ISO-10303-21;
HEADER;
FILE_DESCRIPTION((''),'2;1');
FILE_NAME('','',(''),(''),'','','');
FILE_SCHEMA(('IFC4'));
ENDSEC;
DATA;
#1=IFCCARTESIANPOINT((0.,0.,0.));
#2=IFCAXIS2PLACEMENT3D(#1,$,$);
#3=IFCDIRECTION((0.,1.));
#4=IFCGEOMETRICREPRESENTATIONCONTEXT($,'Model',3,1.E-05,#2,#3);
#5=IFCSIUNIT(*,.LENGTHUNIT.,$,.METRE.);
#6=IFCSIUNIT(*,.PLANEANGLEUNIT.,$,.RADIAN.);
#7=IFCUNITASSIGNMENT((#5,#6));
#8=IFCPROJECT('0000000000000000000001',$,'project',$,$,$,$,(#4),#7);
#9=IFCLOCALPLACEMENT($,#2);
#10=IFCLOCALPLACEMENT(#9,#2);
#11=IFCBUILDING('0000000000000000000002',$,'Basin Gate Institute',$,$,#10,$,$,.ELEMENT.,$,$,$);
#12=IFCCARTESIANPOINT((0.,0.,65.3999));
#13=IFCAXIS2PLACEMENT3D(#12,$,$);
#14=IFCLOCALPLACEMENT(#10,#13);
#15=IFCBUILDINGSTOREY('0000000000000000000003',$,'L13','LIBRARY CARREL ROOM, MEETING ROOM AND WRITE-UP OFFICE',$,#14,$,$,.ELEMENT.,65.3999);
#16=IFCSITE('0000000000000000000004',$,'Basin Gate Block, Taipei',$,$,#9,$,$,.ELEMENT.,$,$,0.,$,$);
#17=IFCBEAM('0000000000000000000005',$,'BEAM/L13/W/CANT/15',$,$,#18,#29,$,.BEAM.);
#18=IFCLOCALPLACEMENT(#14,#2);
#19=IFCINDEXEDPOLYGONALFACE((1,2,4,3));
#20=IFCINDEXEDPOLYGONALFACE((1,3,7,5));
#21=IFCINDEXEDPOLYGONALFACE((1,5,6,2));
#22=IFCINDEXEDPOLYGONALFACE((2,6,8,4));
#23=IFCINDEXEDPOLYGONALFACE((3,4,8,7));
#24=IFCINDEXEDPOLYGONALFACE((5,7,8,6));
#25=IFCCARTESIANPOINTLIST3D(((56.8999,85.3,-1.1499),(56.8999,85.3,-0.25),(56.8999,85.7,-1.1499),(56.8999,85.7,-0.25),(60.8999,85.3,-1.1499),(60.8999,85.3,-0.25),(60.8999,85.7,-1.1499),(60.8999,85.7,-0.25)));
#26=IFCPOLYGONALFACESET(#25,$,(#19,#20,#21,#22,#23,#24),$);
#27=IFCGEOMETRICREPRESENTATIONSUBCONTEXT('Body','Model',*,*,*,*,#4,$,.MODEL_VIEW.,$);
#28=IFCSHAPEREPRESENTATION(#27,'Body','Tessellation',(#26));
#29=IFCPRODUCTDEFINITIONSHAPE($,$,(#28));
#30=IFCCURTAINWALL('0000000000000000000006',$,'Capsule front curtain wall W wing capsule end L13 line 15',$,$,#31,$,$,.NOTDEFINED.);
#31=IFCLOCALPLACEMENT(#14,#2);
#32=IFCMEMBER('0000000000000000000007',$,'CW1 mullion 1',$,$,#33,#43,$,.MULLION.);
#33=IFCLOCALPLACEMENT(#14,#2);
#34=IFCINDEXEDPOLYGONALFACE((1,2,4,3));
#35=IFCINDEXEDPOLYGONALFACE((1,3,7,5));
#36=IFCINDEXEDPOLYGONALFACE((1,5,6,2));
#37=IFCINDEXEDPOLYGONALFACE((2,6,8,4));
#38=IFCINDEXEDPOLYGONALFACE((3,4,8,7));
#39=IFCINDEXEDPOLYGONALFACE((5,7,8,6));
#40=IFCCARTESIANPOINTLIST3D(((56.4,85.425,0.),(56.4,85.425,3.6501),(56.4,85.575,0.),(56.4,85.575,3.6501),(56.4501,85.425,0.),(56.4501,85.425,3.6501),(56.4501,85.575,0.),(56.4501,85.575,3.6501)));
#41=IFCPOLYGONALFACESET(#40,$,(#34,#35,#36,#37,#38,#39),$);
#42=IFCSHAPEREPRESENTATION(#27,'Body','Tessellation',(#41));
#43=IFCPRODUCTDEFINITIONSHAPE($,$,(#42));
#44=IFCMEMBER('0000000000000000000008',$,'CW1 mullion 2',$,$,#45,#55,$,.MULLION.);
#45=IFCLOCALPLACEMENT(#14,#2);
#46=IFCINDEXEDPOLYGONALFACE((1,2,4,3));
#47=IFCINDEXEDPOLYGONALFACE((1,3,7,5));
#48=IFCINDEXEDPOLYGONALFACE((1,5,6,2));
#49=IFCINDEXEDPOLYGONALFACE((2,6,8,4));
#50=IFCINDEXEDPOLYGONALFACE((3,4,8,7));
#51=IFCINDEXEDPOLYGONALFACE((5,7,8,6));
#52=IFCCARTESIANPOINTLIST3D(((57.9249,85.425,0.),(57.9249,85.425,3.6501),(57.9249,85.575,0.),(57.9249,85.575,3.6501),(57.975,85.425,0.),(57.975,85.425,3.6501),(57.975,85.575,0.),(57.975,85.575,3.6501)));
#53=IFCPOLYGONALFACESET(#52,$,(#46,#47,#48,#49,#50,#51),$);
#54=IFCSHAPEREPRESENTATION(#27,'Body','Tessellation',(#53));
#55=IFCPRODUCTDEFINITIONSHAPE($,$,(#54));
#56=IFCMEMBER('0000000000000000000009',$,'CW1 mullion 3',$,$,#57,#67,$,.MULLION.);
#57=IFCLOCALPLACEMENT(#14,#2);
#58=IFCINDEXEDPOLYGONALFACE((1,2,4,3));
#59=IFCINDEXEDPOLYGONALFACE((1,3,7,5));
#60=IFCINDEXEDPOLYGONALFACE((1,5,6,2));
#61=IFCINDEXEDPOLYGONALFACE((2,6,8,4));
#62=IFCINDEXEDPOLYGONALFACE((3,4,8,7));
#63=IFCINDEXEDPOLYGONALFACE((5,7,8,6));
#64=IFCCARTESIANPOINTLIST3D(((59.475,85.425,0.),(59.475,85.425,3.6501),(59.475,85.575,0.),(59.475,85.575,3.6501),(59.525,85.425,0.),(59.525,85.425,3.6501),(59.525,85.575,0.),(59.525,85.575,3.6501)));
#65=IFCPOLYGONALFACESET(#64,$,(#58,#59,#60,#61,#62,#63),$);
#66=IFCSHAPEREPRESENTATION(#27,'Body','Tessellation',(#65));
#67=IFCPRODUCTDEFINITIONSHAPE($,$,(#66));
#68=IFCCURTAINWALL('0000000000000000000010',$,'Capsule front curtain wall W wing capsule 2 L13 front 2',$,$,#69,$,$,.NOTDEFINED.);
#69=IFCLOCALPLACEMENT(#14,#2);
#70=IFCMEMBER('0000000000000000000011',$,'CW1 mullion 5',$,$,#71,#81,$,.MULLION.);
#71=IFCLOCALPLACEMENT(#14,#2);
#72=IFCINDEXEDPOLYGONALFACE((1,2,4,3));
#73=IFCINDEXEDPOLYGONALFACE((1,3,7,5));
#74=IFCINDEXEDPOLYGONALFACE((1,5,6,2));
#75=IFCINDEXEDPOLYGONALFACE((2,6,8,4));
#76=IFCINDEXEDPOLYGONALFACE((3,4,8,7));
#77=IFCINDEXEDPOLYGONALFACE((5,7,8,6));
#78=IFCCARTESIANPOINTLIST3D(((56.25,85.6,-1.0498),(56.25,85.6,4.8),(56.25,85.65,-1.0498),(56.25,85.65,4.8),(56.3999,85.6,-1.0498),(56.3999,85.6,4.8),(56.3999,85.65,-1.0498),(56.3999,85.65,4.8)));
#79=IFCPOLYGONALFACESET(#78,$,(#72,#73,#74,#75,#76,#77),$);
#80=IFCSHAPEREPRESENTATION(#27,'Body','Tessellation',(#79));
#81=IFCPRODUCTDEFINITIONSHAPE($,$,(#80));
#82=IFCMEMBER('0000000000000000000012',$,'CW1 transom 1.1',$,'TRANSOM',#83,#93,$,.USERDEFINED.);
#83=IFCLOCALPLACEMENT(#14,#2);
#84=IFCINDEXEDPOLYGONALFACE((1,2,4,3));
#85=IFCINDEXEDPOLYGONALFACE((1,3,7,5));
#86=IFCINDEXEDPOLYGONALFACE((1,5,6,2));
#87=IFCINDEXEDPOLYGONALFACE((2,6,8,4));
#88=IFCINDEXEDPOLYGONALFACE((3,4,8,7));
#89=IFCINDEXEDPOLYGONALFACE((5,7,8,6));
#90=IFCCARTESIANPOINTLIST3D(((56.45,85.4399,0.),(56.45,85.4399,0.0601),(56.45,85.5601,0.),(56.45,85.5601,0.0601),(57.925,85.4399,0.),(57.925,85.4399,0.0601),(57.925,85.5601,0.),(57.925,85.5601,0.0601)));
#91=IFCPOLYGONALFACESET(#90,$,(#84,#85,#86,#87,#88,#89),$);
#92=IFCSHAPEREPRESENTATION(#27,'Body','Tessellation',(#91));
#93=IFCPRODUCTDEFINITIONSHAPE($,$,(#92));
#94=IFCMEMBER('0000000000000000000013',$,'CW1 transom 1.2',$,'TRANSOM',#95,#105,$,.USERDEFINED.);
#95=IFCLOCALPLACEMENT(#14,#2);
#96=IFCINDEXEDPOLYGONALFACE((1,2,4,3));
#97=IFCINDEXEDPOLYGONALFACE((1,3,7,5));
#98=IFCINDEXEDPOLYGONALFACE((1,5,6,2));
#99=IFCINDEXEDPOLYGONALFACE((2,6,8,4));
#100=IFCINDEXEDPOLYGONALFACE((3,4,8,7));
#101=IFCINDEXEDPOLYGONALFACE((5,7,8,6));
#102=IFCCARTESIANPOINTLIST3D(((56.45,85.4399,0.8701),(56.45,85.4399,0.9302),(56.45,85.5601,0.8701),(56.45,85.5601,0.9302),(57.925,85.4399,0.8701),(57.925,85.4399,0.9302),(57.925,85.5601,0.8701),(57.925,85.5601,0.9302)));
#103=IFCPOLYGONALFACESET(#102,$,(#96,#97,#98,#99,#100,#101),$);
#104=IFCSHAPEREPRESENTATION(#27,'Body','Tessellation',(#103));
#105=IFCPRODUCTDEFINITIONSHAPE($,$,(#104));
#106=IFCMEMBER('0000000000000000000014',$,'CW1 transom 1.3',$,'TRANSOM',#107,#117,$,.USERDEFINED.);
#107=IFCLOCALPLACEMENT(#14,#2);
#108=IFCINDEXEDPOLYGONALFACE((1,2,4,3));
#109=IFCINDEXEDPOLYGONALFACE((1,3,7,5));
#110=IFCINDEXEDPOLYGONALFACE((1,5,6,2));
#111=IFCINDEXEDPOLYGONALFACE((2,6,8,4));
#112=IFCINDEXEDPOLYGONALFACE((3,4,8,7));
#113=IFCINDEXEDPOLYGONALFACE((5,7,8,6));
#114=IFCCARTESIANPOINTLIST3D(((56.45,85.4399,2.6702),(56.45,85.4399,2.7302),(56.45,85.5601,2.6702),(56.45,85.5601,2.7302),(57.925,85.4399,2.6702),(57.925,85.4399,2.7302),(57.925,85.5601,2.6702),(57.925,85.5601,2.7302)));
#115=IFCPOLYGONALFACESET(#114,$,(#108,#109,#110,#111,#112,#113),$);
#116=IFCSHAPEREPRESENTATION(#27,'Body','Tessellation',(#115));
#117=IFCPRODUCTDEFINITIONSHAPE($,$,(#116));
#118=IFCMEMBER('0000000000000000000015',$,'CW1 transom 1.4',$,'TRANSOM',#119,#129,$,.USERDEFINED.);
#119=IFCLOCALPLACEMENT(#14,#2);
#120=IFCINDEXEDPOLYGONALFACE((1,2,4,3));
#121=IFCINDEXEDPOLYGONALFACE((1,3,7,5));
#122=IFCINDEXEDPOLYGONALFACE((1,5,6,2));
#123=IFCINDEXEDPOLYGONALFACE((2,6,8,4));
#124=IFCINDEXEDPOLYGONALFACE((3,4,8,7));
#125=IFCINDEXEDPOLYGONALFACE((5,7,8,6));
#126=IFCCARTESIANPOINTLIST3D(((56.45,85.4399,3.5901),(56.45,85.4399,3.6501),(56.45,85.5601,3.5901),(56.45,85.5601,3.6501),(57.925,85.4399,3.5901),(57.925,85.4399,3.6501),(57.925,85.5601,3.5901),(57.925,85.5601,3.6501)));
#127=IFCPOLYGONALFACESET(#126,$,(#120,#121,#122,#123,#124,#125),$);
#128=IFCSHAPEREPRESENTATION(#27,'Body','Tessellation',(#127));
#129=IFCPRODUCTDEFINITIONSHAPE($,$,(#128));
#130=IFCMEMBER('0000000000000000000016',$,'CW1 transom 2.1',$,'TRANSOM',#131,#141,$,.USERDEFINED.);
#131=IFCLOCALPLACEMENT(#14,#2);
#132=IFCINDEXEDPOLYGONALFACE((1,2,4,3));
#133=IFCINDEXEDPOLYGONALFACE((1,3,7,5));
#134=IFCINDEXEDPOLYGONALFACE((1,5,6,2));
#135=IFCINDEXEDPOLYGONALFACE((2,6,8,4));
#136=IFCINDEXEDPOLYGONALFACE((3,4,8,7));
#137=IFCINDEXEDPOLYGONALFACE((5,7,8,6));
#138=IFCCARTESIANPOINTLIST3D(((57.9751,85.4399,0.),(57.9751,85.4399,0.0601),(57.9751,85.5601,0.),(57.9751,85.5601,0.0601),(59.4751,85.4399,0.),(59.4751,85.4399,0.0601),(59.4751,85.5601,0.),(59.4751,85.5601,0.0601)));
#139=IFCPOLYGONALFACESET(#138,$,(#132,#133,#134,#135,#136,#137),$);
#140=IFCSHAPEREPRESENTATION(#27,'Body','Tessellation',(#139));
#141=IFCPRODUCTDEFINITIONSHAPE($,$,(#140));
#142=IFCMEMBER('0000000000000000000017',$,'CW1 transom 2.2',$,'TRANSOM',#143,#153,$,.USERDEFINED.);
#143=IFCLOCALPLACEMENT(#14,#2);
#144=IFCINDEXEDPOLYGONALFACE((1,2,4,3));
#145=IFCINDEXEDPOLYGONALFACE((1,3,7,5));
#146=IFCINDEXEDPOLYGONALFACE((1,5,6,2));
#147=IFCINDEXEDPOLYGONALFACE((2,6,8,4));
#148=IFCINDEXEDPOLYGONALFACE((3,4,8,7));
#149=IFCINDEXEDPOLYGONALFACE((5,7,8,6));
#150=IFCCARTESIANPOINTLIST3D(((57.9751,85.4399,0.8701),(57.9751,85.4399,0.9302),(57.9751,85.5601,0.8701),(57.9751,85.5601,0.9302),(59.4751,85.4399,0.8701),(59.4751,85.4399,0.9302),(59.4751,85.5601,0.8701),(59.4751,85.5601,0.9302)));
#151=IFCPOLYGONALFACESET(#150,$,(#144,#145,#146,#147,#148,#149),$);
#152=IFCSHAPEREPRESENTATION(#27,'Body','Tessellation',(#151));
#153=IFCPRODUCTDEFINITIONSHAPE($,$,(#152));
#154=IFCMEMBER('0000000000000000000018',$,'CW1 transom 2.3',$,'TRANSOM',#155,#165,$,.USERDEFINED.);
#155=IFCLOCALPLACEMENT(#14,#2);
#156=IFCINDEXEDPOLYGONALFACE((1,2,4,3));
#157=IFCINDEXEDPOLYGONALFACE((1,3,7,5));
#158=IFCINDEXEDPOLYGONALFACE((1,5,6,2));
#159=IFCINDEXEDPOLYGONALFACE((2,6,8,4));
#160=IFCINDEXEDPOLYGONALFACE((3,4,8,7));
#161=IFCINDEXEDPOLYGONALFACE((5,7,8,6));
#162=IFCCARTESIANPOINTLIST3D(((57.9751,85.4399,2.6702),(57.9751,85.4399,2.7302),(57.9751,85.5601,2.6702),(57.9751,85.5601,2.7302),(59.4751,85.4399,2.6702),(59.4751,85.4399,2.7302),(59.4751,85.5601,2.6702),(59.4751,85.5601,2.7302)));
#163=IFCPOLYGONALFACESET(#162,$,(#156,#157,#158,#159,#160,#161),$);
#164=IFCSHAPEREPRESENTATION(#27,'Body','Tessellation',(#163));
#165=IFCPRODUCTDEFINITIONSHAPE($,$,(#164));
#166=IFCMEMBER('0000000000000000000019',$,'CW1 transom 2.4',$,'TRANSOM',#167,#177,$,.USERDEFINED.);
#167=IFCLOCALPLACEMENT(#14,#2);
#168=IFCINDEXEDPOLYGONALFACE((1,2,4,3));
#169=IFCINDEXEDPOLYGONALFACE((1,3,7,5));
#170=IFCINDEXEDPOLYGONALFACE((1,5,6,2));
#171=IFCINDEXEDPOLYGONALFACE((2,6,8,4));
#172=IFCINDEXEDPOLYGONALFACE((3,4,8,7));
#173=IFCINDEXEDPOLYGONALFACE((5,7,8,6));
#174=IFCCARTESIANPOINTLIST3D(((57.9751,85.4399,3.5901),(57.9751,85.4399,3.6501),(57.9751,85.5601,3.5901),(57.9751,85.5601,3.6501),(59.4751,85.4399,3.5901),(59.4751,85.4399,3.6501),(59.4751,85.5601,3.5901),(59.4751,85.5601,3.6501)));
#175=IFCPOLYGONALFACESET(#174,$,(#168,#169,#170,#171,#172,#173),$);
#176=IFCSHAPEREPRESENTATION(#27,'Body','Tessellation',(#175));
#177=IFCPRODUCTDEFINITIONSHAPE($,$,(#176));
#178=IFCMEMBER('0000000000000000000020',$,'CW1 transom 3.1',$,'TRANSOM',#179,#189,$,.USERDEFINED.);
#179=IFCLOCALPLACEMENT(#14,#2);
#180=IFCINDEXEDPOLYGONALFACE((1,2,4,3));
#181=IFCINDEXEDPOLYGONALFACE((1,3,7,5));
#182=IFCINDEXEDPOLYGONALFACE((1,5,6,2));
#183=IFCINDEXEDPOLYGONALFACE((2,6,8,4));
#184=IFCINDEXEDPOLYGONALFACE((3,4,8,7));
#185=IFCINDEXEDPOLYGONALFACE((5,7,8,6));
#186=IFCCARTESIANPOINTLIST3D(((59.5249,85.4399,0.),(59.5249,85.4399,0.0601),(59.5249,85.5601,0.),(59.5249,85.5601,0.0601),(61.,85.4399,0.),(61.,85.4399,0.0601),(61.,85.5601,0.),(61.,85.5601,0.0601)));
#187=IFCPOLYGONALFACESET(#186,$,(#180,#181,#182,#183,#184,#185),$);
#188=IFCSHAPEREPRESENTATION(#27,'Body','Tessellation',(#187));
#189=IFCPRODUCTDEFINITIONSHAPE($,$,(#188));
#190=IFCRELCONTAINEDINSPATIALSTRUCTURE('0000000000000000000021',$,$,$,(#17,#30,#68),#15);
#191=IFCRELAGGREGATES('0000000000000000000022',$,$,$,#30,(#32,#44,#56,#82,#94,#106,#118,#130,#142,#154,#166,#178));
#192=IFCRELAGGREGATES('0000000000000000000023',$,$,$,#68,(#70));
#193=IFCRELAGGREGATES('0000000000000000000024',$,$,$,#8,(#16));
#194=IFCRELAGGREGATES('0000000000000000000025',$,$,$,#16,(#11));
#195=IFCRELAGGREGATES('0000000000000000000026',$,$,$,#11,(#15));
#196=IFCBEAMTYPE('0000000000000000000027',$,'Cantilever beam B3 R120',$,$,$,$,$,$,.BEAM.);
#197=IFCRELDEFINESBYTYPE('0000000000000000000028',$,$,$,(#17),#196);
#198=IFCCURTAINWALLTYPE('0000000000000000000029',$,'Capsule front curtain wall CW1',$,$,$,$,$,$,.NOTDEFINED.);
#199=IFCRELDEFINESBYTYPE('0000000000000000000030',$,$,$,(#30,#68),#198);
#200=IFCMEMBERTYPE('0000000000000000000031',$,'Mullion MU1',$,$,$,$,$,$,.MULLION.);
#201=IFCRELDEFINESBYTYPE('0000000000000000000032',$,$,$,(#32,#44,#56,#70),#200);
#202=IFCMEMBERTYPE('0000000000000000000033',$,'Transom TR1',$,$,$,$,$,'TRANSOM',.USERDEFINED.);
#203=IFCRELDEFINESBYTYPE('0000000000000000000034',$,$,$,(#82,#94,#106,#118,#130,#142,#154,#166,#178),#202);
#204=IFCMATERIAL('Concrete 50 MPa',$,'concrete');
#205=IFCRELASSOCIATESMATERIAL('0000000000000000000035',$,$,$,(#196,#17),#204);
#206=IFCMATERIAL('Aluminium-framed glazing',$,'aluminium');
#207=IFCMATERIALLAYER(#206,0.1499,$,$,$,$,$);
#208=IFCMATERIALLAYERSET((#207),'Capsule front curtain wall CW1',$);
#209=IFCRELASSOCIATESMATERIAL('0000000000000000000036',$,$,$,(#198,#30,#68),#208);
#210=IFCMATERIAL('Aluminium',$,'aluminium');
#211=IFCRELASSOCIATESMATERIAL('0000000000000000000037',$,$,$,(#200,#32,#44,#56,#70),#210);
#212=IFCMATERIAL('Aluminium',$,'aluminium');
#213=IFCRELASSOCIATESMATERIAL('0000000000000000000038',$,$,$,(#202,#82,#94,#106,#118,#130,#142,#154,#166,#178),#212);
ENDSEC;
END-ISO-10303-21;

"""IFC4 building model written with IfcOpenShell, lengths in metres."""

from ifc_helpers import new_model, si_unit, direction, frame, origin, origin_2d, place, context, subcontext, project, spatial, rectangle, extrude, material, layer, layer_set, material_profile, profile_set, type_object, element, aggregate, save


model = new_model("IFC4")

# Units and contexts
model_context = context("Model", 3, precision=1e-05, world=origin(), true_north=direction((0.0, 1.0)))
body_context = subcontext(model_context, "Body", "Model", "MODEL_VIEW")
ifc_project = project(units=[si_unit("LENGTHUNIT", "METRE"), si_unit("PLANEANGLEUNIT", "RADIAN")], contexts=[model_context])

# Site, building, storey
site_placement = place(None, origin())
site = spatial("IfcSite", under=ifc_project, at=site_placement, Name="Basin Gate Block, Taipei", CompositionType="ELEMENT", RefElevation=0.0)
building_placement = place(site_placement, origin())
building = spatial("IfcBuilding", under=site, at=building_placement, Name="Basin Gate Institute", CompositionType="ELEMENT")
storey_placement = place(building_placement, frame((0.0, 0.0, 65.3999)))
storey = spatial("IfcBuildingStorey", under=building, at=storey_placement, Name="L13", Description="LIBRARY CARREL ROOM, MEETING ROOM AND WRITE-UP OFFICE", CompositionType="ELEMENT", Elevation=65.3999)

# Beam
ifc_material_1 = material(Name="Concrete 50 MPa", Category="concrete")
ifc_material_profile_1 = material_profile(ifc_material_1, rectangle(XDim=0.3999, YDim=0.8999, at=origin_2d()), Name="Cantilever beam B3 400 x 900")
ifc_profile_set_1 = profile_set([ifc_material_profile_1], Name="Concrete 50 MPa")
beam_type = type_object("IfcBeamType", Name="Cantilever beam B3 R120", PredefinedType="BEAM", material=ifc_profile_set_1)
beam_placement = place(storey_placement, frame((56.8999, 85.5, -0.7), z_axis=(1.0, 0.0, 0.0), x_axis=(0.0, 1.0, 0.0)))
element("IfcBeam", 1, at=beam_placement, inside=storey, type_object=beam_type, material=ifc_profile_set_1, Name="BEAM/L13/W/CANT/15", PredefinedType="BEAM", context=body_context, shape_type="SweptSolid", body=[
    extrude(rectangle(XDim=0.3999, YDim=0.8999, at=origin_2d()), origin(), (0.0, 0.0, 1.0), 4.0),
])

# Curtain wall, members
ifc_material_2 = material(Name="Aluminium-framed glazing", Category="aluminium")
ifc_layer_1 = layer(ifc_material_2, 0.1499)
ifc_layer_set_1 = layer_set([ifc_layer_1], Name="Capsule front curtain wall CW1")
curtain_wall_type = type_object("IfcCurtainWallType", Name="Capsule front curtain wall CW1", PredefinedType="NOTDEFINED", material=ifc_layer_set_1)
curtain_wall_1_placement = place(storey_placement, origin())
curtain_wall_1 = element("IfcCurtainWall", 2, at=curtain_wall_1_placement, inside=storey, type_object=curtain_wall_type, material=ifc_layer_set_1, Name="Capsule front curtain wall W wing capsule end L13 line 15", PredefinedType="NOTDEFINED")
ifc_material_3 = material(Name="Aluminium", Category="aluminium")
ifc_material_profile_2 = material_profile(ifc_material_3, rectangle(XDim=0.1499, YDim=0.05, at=origin_2d()), Name="Mullion MU1 150 x 50")
ifc_profile_set_2 = profile_set([ifc_material_profile_2], Name="Aluminium")
member_type_1 = type_object("IfcMemberType", Name="Mullion MU1", PredefinedType="MULLION", material=ifc_profile_set_2)
member_1_placement = place(storey_placement, frame((56.425, 85.5, 0.0), z_axis=(0.0, 0.0, 1.0), x_axis=(0.0, 1.0, 0.0)))
member_1 = element("IfcMember", 3, at=member_1_placement, type_object=member_type_1, material=ifc_profile_set_2, Name="CW1 mullion 1", PredefinedType="MULLION", context=body_context, shape_type="SweptSolid", body=[
    extrude(rectangle(XDim=0.1499, YDim=0.05, at=origin_2d()), origin(), (0.0, 0.0, 1.0), 3.6501),
])
member_2_placement = place(storey_placement, frame((57.95, 85.5, 0.0), z_axis=(0.0, 0.0, 1.0), x_axis=(0.0, 1.0, 0.0)))
member_2 = element("IfcMember", 4, at=member_2_placement, type_object=member_type_1, material=ifc_profile_set_2, Name="CW1 mullion 2", PredefinedType="MULLION", context=body_context, shape_type="SweptSolid", body=[
    extrude(rectangle(XDim=0.1499, YDim=0.05, at=origin_2d()), origin(), (0.0, 0.0, 1.0), 3.6501),
])
member_3_placement = place(storey_placement, frame((59.5, 85.5, 0.0), z_axis=(0.0, 0.0, 1.0), x_axis=(0.0, 1.0, 0.0)))
member_3 = element("IfcMember", 5, at=member_3_placement, type_object=member_type_1, material=ifc_profile_set_2, Name="CW1 mullion 3", PredefinedType="MULLION", context=body_context, shape_type="SweptSolid", body=[
    extrude(rectangle(XDim=0.1499, YDim=0.05, at=origin_2d()), origin(), (0.0, 0.0, 1.0), 3.6501),
])

# Curtain wall, member
curtain_wall_2_placement = place(storey_placement, origin())
curtain_wall_2 = element("IfcCurtainWall", 6, at=curtain_wall_2_placement, inside=storey, type_object=curtain_wall_type, material=ifc_layer_set_1, Name="Capsule front curtain wall W wing capsule 2 L13 front 2", PredefinedType="NOTDEFINED")
member_4_placement = place(storey_placement, frame((56.325, 85.625, -1.0498), z_axis=(0.0, 0.0, 1.0), x_axis=(-1.0, 0.0, 0.0)))
member_4 = element("IfcMember", 7, at=member_4_placement, type_object=member_type_1, material=ifc_profile_set_2, Name="CW1 mullion 5", PredefinedType="MULLION", context=body_context, shape_type="SweptSolid", body=[
    extrude(rectangle(XDim=0.1499, YDim=0.05, at=origin_2d()), origin(), (0.0, 0.0, 1.0), 5.8499),
])

# Members
ifc_material_4 = material(Name="Aluminium", Category="aluminium")
ifc_material_profile_3 = material_profile(ifc_material_4, rectangle(XDim=0.1201, YDim=0.0601, at=origin_2d()), Name="Transom TR1 120 x 60")
ifc_profile_set_3 = profile_set([ifc_material_profile_3], Name="Aluminium")
member_type_2 = type_object("IfcMemberType", Name="Transom TR1", ElementType="TRANSOM", PredefinedType="USERDEFINED", material=ifc_profile_set_3)
member_5_placement = place(storey_placement, frame((56.45, 85.5, 0.03), z_axis=(1.0, 0.0, 0.0), x_axis=(0.0, 1.0, 0.0)))
member_5 = element("IfcMember", 8, at=member_5_placement, type_object=member_type_2, material=ifc_profile_set_3, Name="CW1 transom 1.1", ObjectType="TRANSOM", PredefinedType="USERDEFINED", context=body_context, shape_type="SweptSolid", body=[
    extrude(rectangle(XDim=0.1201, YDim=0.0601, at=origin_2d()), origin(), (0.0, 0.0, 1.0), 1.4751),
])
member_6_placement = place(storey_placement, frame((56.45, 85.5, 0.9001), z_axis=(1.0, 0.0, 0.0), x_axis=(0.0, 1.0, 0.0)))
member_6 = element("IfcMember", 9, at=member_6_placement, type_object=member_type_2, material=ifc_profile_set_3, Name="CW1 transom 1.2", ObjectType="TRANSOM", PredefinedType="USERDEFINED", context=body_context, shape_type="SweptSolid", body=[
    extrude(rectangle(XDim=0.1201, YDim=0.0601, at=origin_2d()), origin(), (0.0, 0.0, 1.0), 1.4751),
])
member_7_placement = place(storey_placement, frame((56.45, 85.5, 2.7002), z_axis=(1.0, 0.0, 0.0), x_axis=(0.0, 1.0, 0.0)))
member_7 = element("IfcMember", 10, at=member_7_placement, type_object=member_type_2, material=ifc_profile_set_3, Name="CW1 transom 1.3", ObjectType="TRANSOM", PredefinedType="USERDEFINED", context=body_context, shape_type="SweptSolid", body=[
    extrude(rectangle(XDim=0.1201, YDim=0.0601, at=origin_2d()), origin(), (0.0, 0.0, 1.0), 1.4751),
])
member_8_placement = place(storey_placement, frame((56.45, 85.5, 3.6201), z_axis=(1.0, 0.0, 0.0), x_axis=(0.0, 1.0, 0.0)))
member_8 = element("IfcMember", 11, at=member_8_placement, type_object=member_type_2, material=ifc_profile_set_3, Name="CW1 transom 1.4", ObjectType="TRANSOM", PredefinedType="USERDEFINED", context=body_context, shape_type="SweptSolid", body=[
    extrude(rectangle(XDim=0.1201, YDim=0.0601, at=origin_2d()), origin(), (0.0, 0.0, 1.0), 1.4751),
])
member_9_placement = place(storey_placement, frame((57.9751, 85.5, 0.03), z_axis=(1.0, 0.0, 0.0), x_axis=(0.0, 1.0, 0.0)))
member_9 = element("IfcMember", 12, at=member_9_placement, type_object=member_type_2, material=ifc_profile_set_3, Name="CW1 transom 2.1", ObjectType="TRANSOM", PredefinedType="USERDEFINED", context=body_context, shape_type="SweptSolid", body=[
    extrude(rectangle(XDim=0.1201, YDim=0.0601, at=origin_2d()), origin(), (0.0, 0.0, 1.0), 1.5),
])
member_10_placement = place(storey_placement, frame((57.9751, 85.5, 0.9001), z_axis=(1.0, 0.0, 0.0), x_axis=(0.0, 1.0, 0.0)))
member_10 = element("IfcMember", 13, at=member_10_placement, type_object=member_type_2, material=ifc_profile_set_3, Name="CW1 transom 2.2", ObjectType="TRANSOM", PredefinedType="USERDEFINED", context=body_context, shape_type="SweptSolid", body=[
    extrude(rectangle(XDim=0.1201, YDim=0.0601, at=origin_2d()), origin(), (0.0, 0.0, 1.0), 1.5),
])
member_11_placement = place(storey_placement, frame((57.9751, 85.5, 2.7002), z_axis=(1.0, 0.0, 0.0), x_axis=(0.0, 1.0, 0.0)))
member_11 = element("IfcMember", 14, at=member_11_placement, type_object=member_type_2, material=ifc_profile_set_3, Name="CW1 transom 2.3", ObjectType="TRANSOM", PredefinedType="USERDEFINED", context=body_context, shape_type="SweptSolid", body=[
    extrude(rectangle(XDim=0.1201, YDim=0.0601, at=origin_2d()), origin(), (0.0, 0.0, 1.0), 1.5),
])
member_12_placement = place(storey_placement, frame((57.9751, 85.5, 3.6201), z_axis=(1.0, 0.0, 0.0), x_axis=(0.0, 1.0, 0.0)))
member_12 = element("IfcMember", 15, at=member_12_placement, type_object=member_type_2, material=ifc_profile_set_3, Name="CW1 transom 2.4", ObjectType="TRANSOM", PredefinedType="USERDEFINED", context=body_context, shape_type="SweptSolid", body=[
    extrude(rectangle(XDim=0.1201, YDim=0.0601, at=origin_2d()), origin(), (0.0, 0.0, 1.0), 1.5),
])
member_13_placement = place(storey_placement, frame((59.5249, 85.5, 0.03), z_axis=(1.0, 0.0, 0.0), x_axis=(0.0, 1.0, 0.0)))
member_13 = element("IfcMember", 16, at=member_13_placement, type_object=member_type_2, material=ifc_profile_set_3, Name="CW1 transom 3.1", ObjectType="TRANSOM", PredefinedType="USERDEFINED", context=body_context, shape_type="SweptSolid", body=[
    extrude(rectangle(XDim=0.1201, YDim=0.0601, at=origin_2d()), origin(), (0.0, 0.0, 1.0), 1.4751),
])

aggregate(curtain_wall_1, [member_1, member_2, member_3, member_5, member_6, member_7, member_8, member_9, member_10, member_11, member_12, member_13])
aggregate(curtain_wall_2, [member_4])

save(model, "model.ifc")
